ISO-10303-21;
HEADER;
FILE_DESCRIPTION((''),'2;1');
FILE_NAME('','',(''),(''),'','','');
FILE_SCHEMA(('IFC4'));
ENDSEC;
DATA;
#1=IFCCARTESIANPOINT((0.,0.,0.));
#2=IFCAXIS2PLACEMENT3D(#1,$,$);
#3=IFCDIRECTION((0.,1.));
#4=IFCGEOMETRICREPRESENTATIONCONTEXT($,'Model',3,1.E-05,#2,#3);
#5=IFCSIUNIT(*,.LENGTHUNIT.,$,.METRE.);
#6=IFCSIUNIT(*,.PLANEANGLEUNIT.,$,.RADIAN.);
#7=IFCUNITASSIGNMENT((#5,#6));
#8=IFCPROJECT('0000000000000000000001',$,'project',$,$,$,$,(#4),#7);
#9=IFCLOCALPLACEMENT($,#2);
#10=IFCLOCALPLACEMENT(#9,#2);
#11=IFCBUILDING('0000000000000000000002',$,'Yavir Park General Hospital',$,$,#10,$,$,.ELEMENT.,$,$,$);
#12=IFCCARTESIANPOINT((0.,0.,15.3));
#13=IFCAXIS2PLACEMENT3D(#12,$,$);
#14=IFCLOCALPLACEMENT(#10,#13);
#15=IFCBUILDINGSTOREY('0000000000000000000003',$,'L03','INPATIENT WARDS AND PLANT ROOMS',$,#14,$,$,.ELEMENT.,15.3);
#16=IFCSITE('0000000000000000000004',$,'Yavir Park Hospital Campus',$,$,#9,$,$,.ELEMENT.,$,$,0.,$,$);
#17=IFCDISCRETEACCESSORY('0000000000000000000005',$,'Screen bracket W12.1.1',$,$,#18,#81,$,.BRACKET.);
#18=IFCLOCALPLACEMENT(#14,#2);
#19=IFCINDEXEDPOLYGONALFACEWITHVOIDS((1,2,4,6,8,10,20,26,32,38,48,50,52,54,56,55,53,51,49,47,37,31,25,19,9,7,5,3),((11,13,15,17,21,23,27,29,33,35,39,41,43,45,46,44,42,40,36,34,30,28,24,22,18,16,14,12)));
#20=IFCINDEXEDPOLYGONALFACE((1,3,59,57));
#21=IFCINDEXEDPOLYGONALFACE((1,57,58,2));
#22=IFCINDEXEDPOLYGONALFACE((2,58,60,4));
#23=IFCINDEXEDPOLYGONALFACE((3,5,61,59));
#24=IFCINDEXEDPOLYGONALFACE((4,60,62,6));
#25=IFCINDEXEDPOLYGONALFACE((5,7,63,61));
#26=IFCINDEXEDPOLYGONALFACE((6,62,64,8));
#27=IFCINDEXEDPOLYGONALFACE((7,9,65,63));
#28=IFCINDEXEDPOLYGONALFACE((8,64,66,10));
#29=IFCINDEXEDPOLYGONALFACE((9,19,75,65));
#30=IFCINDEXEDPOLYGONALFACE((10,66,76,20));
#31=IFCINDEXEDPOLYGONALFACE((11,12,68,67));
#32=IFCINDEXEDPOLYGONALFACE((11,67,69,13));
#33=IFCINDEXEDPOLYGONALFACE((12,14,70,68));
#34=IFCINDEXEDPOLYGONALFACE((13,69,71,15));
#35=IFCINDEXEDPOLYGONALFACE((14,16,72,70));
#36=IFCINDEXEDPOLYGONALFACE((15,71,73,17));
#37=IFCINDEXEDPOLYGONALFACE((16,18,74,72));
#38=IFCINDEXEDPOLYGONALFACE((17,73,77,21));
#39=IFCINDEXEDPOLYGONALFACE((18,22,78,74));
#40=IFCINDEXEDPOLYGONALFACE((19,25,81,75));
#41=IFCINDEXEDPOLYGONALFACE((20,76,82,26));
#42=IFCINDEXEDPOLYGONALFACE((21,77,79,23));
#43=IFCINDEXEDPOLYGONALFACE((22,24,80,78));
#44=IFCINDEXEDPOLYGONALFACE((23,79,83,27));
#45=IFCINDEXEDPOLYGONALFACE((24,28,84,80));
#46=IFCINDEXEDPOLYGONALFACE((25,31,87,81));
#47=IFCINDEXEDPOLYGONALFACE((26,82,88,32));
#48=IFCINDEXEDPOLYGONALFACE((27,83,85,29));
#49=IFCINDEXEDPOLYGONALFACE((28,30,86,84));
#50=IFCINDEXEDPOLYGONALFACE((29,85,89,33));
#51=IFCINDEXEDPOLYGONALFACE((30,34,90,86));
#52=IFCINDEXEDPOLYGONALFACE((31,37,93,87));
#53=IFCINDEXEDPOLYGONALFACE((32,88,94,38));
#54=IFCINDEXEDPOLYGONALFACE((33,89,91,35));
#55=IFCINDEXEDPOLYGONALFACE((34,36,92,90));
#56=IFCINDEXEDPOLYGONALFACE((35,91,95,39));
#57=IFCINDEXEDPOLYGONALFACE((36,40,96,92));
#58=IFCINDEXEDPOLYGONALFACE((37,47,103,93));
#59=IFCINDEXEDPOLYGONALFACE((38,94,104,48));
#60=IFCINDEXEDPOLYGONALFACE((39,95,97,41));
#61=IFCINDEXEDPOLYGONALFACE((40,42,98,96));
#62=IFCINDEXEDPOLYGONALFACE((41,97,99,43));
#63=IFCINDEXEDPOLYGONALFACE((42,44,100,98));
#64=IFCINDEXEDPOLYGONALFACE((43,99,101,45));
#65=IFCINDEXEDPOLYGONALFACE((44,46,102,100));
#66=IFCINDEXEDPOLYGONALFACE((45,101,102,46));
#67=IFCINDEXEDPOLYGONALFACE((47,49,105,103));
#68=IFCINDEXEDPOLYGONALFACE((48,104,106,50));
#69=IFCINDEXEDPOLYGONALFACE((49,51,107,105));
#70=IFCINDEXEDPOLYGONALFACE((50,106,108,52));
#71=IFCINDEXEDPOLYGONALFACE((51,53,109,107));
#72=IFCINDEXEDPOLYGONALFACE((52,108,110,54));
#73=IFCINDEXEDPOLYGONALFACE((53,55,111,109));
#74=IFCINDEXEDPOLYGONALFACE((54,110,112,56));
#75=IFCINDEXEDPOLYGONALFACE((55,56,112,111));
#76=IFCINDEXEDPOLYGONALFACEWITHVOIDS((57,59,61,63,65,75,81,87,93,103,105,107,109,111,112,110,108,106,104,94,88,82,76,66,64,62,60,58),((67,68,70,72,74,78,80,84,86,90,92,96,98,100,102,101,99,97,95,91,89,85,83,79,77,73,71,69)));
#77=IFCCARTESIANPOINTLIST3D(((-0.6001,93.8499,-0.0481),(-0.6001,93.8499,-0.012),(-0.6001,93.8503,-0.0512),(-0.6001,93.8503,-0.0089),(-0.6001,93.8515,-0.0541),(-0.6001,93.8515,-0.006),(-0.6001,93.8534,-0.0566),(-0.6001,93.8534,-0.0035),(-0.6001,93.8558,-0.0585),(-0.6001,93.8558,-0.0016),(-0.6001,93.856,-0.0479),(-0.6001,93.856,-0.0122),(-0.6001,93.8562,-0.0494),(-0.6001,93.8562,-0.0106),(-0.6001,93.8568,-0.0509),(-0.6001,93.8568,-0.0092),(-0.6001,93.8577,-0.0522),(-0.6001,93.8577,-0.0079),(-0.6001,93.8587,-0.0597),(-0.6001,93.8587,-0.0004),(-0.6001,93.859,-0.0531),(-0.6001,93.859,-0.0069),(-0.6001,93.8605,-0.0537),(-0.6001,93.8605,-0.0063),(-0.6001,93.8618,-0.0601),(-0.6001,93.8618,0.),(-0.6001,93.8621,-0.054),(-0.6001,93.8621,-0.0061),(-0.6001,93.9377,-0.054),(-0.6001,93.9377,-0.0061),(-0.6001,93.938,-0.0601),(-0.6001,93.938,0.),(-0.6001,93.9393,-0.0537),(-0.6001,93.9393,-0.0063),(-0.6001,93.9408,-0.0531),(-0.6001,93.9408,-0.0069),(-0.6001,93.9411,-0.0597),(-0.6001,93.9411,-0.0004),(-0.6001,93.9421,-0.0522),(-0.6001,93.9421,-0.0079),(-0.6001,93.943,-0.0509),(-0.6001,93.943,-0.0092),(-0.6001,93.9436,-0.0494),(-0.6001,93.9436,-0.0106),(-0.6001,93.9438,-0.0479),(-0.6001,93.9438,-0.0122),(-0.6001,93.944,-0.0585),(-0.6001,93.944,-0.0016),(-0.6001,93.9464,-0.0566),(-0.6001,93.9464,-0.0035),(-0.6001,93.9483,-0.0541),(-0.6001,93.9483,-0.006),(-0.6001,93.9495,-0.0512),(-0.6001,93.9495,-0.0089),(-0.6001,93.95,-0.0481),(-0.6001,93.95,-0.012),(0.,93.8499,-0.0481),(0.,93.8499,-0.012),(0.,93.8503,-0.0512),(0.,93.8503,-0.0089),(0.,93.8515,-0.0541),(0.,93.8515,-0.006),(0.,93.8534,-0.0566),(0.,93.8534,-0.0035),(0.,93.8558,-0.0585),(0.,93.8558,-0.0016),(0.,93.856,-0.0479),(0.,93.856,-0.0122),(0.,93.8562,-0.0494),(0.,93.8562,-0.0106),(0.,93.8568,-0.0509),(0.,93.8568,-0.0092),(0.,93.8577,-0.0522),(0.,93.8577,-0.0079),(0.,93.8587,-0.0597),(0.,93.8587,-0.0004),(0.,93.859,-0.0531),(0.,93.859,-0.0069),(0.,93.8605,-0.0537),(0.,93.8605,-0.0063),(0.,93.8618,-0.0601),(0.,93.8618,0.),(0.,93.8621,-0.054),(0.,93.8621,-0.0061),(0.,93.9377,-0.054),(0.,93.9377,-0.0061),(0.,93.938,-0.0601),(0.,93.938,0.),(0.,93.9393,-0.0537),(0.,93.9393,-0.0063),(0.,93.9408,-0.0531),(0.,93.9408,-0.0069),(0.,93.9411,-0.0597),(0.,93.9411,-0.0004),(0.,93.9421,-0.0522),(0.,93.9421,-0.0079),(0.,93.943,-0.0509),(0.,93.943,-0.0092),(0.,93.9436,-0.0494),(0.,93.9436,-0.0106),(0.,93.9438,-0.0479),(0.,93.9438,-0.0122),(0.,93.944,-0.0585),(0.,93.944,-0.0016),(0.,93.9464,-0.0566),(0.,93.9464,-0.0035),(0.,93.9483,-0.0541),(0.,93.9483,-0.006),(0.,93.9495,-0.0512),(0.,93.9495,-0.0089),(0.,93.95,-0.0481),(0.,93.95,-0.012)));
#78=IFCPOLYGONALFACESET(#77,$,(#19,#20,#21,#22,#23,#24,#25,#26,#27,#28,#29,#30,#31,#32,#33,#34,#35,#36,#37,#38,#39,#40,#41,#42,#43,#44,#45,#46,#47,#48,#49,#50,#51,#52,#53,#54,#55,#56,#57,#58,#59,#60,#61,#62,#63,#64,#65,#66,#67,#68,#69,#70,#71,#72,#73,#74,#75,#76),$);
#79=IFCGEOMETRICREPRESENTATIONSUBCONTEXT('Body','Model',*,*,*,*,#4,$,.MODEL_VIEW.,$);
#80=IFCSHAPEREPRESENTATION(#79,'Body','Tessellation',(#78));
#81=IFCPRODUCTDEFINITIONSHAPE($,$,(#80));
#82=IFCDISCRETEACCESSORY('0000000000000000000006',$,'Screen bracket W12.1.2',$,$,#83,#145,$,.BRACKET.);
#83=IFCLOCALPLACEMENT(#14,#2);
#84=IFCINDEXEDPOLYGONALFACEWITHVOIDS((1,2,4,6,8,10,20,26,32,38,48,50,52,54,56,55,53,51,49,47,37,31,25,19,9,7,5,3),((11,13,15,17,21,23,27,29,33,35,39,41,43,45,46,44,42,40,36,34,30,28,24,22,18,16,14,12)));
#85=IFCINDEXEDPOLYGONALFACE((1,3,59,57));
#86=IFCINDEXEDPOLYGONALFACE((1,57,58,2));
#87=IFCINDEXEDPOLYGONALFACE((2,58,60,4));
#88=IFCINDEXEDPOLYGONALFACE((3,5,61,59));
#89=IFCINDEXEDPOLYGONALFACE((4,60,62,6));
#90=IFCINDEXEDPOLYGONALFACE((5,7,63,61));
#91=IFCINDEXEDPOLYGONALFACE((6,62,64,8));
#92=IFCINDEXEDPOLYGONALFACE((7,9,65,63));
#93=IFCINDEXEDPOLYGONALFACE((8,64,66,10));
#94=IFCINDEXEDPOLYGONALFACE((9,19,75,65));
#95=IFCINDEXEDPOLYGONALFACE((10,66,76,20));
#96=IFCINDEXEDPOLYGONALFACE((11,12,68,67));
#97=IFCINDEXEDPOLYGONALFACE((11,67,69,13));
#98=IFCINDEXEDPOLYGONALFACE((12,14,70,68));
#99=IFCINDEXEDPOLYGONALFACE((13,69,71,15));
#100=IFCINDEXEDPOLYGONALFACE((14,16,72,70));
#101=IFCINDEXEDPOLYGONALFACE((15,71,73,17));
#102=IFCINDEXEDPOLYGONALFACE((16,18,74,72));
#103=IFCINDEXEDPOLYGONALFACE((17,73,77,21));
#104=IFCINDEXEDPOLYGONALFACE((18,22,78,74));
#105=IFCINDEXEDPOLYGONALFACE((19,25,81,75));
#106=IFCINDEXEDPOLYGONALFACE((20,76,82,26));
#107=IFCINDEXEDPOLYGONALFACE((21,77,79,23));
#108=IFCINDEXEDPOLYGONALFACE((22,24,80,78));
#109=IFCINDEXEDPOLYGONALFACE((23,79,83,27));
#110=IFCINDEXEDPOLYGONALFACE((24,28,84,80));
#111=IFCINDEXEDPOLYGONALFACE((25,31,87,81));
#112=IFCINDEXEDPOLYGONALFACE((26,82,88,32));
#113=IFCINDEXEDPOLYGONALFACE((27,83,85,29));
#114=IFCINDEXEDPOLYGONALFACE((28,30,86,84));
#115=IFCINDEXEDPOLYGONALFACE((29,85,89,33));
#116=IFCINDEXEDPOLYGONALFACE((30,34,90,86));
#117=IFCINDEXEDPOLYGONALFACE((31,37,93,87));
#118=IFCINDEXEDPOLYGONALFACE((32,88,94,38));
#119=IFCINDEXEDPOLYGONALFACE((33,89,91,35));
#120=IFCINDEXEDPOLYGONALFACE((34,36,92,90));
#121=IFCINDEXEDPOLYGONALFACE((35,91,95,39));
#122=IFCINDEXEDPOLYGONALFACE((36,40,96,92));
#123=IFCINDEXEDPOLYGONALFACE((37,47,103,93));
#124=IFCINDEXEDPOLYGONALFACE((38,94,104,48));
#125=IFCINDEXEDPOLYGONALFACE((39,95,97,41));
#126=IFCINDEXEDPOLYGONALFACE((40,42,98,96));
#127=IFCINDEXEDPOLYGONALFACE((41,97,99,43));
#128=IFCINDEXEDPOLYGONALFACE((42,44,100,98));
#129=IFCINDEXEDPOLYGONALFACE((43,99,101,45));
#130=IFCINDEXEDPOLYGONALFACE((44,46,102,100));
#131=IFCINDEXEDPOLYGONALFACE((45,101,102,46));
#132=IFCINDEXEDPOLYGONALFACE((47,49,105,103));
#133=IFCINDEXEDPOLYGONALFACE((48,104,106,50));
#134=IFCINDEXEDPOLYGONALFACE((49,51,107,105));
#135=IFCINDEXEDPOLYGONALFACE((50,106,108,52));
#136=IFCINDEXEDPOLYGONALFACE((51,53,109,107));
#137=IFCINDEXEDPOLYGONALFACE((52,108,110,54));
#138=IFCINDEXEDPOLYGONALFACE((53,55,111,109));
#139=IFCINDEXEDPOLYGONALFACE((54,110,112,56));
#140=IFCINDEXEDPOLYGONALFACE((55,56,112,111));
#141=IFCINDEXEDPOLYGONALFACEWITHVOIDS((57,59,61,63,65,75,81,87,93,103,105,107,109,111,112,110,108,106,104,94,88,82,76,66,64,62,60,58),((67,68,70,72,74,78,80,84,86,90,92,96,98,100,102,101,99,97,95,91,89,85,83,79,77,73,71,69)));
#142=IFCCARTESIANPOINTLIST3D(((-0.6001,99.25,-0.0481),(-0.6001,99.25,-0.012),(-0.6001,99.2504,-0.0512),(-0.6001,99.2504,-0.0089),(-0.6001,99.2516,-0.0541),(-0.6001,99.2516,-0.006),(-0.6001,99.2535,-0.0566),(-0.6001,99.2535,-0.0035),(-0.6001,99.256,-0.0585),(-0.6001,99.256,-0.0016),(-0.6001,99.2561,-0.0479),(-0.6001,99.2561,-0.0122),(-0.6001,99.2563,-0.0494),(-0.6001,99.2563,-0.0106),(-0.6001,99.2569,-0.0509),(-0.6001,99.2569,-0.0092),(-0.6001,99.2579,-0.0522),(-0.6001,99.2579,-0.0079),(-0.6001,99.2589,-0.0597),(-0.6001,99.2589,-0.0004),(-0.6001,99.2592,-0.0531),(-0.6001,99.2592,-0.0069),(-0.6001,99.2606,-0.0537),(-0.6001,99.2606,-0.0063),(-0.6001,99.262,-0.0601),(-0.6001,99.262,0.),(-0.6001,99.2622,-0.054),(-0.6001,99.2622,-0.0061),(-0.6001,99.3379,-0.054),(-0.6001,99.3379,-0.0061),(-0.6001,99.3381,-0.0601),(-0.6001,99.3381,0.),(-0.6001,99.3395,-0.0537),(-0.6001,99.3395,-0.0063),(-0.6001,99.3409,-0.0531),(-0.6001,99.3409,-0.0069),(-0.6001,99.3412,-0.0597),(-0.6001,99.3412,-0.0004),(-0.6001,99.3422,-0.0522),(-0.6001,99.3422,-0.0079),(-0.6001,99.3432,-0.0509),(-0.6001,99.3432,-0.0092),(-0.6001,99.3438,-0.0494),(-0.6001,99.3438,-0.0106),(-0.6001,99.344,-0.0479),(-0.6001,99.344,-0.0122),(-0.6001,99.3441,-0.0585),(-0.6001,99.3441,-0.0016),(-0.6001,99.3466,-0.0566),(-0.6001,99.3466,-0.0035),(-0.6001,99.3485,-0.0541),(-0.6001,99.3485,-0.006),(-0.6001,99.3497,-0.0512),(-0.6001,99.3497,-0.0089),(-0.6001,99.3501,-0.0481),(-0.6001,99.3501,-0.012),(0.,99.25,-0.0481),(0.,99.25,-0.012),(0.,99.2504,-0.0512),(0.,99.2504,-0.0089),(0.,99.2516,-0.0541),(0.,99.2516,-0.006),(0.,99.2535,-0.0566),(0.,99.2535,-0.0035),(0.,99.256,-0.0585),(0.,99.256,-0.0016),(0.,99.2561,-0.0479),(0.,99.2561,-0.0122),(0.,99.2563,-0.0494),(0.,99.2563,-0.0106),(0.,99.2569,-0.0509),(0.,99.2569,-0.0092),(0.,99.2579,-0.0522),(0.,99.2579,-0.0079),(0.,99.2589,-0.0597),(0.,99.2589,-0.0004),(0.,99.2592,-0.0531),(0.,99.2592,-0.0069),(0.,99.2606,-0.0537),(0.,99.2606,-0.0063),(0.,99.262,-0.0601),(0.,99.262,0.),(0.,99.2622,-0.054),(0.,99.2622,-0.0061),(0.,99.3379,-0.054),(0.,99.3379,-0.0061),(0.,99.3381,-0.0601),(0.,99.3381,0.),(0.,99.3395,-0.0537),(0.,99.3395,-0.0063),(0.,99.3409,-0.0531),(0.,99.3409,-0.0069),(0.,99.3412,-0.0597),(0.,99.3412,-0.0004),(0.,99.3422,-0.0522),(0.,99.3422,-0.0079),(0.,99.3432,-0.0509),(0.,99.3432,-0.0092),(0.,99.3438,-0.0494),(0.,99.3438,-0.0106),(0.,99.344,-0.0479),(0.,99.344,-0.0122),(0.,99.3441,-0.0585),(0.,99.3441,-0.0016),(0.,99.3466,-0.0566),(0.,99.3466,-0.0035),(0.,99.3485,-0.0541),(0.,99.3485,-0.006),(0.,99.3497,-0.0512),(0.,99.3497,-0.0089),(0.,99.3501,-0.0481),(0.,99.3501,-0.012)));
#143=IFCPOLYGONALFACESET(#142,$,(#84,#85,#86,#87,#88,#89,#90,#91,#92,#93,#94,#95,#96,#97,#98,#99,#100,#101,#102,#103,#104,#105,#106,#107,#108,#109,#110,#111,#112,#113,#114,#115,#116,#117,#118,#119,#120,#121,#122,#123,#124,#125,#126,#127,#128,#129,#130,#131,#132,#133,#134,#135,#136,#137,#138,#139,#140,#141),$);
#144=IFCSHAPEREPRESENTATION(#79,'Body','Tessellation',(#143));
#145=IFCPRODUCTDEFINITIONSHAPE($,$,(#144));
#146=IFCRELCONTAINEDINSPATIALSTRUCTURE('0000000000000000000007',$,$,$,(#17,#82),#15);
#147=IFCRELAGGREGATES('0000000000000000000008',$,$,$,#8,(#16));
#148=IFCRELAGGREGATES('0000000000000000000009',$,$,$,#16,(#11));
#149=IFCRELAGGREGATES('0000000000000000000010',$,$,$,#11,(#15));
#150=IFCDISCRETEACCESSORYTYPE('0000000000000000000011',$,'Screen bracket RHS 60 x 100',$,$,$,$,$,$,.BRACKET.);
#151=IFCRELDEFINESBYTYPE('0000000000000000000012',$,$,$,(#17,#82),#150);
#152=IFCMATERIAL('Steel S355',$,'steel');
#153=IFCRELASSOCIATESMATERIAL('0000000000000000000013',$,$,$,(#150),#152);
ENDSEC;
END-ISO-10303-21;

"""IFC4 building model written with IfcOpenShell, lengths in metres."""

from ifc_helpers import new_model, si_unit, direction, frame, origin, origin_2d, place, context, subcontext, project, spatial, hollow_rectangle, extrude, material, material_profile, profile_set, type_object, element, save


model = new_model("IFC4")

# Units and contexts
model_context = context("Model", 3, precision=1e-05, world=origin(), true_north=direction((0.0, 1.0)))
body_context = subcontext(model_context, "Body", "Model", "MODEL_VIEW")
ifc_project = project(units=[si_unit("LENGTHUNIT", "METRE"), si_unit("PLANEANGLEUNIT", "RADIAN")], contexts=[model_context])

# Site, building, storey
site_placement = place(None, origin())
site = spatial("IfcSite", under=ifc_project, at=site_placement, Name="Yavir Park Hospital Campus", CompositionType="ELEMENT", RefElevation=0.0)
building_placement = place(site_placement, origin())
building = spatial("IfcBuilding", under=site, at=building_placement, Name="Yavir Park General Hospital", CompositionType="ELEMENT")
storey_placement = place(building_placement, frame((0.0, 0.0, 15.3)))
storey = spatial("IfcBuildingStorey", under=building, at=storey_placement, Name="L03", Description="INPATIENT WARDS AND PLANT ROOMS", CompositionType="ELEMENT", Elevation=15.3)

# Discrete accessories
ifc_material_1 = material(Name="Steel S355", Category="steel")
ifc_material_profile_1 = material_profile(ifc_material_1, hollow_rectangle(XDim=0.1001, YDim=0.0601, WallThickness=0.0061, InnerFilletRadius=0.0061, OuterFilletRadius=0.012, at=origin_2d()), Name="RHS60x100x6")
ifc_profile_set_1 = profile_set([ifc_material_profile_1], Name="Steel S355")
discrete_accessory_type = type_object("IfcDiscreteAccessoryType", Name="Screen bracket RHS 60 x 100", PredefinedType="BRACKET", material=ifc_profile_set_1)
for number, where, z_axis, x_axis, name in (
    (1, (0.0, 93.8999, -0.03), (-1.0, 0.0, 0.0), (0.0, -1.0, 0.0), "Screen bracket W12.1.1"),
    (2, (0.0, 99.3, -0.03), (-1.0, 0.0, 0.0), (0.0, -1.0, 0.0), "Screen bracket W12.1.2"),
):
    element("IfcDiscreteAccessory", number, at=place(storey_placement, frame(where, z_axis=z_axis, x_axis=x_axis)), inside=storey, type_object=discrete_accessory_type, Name=name, PredefinedType="BRACKET", context=body_context, shape_type="SweptSolid", body=[
        extrude(hollow_rectangle(XDim=0.1001, YDim=0.0601, WallThickness=0.0061, InnerFilletRadius=0.0061, OuterFilletRadius=0.012, at=origin_2d()), origin(), (0.0, 0.0, 1.0), 0.6001),
    ])

save(model, "model.ifc")
